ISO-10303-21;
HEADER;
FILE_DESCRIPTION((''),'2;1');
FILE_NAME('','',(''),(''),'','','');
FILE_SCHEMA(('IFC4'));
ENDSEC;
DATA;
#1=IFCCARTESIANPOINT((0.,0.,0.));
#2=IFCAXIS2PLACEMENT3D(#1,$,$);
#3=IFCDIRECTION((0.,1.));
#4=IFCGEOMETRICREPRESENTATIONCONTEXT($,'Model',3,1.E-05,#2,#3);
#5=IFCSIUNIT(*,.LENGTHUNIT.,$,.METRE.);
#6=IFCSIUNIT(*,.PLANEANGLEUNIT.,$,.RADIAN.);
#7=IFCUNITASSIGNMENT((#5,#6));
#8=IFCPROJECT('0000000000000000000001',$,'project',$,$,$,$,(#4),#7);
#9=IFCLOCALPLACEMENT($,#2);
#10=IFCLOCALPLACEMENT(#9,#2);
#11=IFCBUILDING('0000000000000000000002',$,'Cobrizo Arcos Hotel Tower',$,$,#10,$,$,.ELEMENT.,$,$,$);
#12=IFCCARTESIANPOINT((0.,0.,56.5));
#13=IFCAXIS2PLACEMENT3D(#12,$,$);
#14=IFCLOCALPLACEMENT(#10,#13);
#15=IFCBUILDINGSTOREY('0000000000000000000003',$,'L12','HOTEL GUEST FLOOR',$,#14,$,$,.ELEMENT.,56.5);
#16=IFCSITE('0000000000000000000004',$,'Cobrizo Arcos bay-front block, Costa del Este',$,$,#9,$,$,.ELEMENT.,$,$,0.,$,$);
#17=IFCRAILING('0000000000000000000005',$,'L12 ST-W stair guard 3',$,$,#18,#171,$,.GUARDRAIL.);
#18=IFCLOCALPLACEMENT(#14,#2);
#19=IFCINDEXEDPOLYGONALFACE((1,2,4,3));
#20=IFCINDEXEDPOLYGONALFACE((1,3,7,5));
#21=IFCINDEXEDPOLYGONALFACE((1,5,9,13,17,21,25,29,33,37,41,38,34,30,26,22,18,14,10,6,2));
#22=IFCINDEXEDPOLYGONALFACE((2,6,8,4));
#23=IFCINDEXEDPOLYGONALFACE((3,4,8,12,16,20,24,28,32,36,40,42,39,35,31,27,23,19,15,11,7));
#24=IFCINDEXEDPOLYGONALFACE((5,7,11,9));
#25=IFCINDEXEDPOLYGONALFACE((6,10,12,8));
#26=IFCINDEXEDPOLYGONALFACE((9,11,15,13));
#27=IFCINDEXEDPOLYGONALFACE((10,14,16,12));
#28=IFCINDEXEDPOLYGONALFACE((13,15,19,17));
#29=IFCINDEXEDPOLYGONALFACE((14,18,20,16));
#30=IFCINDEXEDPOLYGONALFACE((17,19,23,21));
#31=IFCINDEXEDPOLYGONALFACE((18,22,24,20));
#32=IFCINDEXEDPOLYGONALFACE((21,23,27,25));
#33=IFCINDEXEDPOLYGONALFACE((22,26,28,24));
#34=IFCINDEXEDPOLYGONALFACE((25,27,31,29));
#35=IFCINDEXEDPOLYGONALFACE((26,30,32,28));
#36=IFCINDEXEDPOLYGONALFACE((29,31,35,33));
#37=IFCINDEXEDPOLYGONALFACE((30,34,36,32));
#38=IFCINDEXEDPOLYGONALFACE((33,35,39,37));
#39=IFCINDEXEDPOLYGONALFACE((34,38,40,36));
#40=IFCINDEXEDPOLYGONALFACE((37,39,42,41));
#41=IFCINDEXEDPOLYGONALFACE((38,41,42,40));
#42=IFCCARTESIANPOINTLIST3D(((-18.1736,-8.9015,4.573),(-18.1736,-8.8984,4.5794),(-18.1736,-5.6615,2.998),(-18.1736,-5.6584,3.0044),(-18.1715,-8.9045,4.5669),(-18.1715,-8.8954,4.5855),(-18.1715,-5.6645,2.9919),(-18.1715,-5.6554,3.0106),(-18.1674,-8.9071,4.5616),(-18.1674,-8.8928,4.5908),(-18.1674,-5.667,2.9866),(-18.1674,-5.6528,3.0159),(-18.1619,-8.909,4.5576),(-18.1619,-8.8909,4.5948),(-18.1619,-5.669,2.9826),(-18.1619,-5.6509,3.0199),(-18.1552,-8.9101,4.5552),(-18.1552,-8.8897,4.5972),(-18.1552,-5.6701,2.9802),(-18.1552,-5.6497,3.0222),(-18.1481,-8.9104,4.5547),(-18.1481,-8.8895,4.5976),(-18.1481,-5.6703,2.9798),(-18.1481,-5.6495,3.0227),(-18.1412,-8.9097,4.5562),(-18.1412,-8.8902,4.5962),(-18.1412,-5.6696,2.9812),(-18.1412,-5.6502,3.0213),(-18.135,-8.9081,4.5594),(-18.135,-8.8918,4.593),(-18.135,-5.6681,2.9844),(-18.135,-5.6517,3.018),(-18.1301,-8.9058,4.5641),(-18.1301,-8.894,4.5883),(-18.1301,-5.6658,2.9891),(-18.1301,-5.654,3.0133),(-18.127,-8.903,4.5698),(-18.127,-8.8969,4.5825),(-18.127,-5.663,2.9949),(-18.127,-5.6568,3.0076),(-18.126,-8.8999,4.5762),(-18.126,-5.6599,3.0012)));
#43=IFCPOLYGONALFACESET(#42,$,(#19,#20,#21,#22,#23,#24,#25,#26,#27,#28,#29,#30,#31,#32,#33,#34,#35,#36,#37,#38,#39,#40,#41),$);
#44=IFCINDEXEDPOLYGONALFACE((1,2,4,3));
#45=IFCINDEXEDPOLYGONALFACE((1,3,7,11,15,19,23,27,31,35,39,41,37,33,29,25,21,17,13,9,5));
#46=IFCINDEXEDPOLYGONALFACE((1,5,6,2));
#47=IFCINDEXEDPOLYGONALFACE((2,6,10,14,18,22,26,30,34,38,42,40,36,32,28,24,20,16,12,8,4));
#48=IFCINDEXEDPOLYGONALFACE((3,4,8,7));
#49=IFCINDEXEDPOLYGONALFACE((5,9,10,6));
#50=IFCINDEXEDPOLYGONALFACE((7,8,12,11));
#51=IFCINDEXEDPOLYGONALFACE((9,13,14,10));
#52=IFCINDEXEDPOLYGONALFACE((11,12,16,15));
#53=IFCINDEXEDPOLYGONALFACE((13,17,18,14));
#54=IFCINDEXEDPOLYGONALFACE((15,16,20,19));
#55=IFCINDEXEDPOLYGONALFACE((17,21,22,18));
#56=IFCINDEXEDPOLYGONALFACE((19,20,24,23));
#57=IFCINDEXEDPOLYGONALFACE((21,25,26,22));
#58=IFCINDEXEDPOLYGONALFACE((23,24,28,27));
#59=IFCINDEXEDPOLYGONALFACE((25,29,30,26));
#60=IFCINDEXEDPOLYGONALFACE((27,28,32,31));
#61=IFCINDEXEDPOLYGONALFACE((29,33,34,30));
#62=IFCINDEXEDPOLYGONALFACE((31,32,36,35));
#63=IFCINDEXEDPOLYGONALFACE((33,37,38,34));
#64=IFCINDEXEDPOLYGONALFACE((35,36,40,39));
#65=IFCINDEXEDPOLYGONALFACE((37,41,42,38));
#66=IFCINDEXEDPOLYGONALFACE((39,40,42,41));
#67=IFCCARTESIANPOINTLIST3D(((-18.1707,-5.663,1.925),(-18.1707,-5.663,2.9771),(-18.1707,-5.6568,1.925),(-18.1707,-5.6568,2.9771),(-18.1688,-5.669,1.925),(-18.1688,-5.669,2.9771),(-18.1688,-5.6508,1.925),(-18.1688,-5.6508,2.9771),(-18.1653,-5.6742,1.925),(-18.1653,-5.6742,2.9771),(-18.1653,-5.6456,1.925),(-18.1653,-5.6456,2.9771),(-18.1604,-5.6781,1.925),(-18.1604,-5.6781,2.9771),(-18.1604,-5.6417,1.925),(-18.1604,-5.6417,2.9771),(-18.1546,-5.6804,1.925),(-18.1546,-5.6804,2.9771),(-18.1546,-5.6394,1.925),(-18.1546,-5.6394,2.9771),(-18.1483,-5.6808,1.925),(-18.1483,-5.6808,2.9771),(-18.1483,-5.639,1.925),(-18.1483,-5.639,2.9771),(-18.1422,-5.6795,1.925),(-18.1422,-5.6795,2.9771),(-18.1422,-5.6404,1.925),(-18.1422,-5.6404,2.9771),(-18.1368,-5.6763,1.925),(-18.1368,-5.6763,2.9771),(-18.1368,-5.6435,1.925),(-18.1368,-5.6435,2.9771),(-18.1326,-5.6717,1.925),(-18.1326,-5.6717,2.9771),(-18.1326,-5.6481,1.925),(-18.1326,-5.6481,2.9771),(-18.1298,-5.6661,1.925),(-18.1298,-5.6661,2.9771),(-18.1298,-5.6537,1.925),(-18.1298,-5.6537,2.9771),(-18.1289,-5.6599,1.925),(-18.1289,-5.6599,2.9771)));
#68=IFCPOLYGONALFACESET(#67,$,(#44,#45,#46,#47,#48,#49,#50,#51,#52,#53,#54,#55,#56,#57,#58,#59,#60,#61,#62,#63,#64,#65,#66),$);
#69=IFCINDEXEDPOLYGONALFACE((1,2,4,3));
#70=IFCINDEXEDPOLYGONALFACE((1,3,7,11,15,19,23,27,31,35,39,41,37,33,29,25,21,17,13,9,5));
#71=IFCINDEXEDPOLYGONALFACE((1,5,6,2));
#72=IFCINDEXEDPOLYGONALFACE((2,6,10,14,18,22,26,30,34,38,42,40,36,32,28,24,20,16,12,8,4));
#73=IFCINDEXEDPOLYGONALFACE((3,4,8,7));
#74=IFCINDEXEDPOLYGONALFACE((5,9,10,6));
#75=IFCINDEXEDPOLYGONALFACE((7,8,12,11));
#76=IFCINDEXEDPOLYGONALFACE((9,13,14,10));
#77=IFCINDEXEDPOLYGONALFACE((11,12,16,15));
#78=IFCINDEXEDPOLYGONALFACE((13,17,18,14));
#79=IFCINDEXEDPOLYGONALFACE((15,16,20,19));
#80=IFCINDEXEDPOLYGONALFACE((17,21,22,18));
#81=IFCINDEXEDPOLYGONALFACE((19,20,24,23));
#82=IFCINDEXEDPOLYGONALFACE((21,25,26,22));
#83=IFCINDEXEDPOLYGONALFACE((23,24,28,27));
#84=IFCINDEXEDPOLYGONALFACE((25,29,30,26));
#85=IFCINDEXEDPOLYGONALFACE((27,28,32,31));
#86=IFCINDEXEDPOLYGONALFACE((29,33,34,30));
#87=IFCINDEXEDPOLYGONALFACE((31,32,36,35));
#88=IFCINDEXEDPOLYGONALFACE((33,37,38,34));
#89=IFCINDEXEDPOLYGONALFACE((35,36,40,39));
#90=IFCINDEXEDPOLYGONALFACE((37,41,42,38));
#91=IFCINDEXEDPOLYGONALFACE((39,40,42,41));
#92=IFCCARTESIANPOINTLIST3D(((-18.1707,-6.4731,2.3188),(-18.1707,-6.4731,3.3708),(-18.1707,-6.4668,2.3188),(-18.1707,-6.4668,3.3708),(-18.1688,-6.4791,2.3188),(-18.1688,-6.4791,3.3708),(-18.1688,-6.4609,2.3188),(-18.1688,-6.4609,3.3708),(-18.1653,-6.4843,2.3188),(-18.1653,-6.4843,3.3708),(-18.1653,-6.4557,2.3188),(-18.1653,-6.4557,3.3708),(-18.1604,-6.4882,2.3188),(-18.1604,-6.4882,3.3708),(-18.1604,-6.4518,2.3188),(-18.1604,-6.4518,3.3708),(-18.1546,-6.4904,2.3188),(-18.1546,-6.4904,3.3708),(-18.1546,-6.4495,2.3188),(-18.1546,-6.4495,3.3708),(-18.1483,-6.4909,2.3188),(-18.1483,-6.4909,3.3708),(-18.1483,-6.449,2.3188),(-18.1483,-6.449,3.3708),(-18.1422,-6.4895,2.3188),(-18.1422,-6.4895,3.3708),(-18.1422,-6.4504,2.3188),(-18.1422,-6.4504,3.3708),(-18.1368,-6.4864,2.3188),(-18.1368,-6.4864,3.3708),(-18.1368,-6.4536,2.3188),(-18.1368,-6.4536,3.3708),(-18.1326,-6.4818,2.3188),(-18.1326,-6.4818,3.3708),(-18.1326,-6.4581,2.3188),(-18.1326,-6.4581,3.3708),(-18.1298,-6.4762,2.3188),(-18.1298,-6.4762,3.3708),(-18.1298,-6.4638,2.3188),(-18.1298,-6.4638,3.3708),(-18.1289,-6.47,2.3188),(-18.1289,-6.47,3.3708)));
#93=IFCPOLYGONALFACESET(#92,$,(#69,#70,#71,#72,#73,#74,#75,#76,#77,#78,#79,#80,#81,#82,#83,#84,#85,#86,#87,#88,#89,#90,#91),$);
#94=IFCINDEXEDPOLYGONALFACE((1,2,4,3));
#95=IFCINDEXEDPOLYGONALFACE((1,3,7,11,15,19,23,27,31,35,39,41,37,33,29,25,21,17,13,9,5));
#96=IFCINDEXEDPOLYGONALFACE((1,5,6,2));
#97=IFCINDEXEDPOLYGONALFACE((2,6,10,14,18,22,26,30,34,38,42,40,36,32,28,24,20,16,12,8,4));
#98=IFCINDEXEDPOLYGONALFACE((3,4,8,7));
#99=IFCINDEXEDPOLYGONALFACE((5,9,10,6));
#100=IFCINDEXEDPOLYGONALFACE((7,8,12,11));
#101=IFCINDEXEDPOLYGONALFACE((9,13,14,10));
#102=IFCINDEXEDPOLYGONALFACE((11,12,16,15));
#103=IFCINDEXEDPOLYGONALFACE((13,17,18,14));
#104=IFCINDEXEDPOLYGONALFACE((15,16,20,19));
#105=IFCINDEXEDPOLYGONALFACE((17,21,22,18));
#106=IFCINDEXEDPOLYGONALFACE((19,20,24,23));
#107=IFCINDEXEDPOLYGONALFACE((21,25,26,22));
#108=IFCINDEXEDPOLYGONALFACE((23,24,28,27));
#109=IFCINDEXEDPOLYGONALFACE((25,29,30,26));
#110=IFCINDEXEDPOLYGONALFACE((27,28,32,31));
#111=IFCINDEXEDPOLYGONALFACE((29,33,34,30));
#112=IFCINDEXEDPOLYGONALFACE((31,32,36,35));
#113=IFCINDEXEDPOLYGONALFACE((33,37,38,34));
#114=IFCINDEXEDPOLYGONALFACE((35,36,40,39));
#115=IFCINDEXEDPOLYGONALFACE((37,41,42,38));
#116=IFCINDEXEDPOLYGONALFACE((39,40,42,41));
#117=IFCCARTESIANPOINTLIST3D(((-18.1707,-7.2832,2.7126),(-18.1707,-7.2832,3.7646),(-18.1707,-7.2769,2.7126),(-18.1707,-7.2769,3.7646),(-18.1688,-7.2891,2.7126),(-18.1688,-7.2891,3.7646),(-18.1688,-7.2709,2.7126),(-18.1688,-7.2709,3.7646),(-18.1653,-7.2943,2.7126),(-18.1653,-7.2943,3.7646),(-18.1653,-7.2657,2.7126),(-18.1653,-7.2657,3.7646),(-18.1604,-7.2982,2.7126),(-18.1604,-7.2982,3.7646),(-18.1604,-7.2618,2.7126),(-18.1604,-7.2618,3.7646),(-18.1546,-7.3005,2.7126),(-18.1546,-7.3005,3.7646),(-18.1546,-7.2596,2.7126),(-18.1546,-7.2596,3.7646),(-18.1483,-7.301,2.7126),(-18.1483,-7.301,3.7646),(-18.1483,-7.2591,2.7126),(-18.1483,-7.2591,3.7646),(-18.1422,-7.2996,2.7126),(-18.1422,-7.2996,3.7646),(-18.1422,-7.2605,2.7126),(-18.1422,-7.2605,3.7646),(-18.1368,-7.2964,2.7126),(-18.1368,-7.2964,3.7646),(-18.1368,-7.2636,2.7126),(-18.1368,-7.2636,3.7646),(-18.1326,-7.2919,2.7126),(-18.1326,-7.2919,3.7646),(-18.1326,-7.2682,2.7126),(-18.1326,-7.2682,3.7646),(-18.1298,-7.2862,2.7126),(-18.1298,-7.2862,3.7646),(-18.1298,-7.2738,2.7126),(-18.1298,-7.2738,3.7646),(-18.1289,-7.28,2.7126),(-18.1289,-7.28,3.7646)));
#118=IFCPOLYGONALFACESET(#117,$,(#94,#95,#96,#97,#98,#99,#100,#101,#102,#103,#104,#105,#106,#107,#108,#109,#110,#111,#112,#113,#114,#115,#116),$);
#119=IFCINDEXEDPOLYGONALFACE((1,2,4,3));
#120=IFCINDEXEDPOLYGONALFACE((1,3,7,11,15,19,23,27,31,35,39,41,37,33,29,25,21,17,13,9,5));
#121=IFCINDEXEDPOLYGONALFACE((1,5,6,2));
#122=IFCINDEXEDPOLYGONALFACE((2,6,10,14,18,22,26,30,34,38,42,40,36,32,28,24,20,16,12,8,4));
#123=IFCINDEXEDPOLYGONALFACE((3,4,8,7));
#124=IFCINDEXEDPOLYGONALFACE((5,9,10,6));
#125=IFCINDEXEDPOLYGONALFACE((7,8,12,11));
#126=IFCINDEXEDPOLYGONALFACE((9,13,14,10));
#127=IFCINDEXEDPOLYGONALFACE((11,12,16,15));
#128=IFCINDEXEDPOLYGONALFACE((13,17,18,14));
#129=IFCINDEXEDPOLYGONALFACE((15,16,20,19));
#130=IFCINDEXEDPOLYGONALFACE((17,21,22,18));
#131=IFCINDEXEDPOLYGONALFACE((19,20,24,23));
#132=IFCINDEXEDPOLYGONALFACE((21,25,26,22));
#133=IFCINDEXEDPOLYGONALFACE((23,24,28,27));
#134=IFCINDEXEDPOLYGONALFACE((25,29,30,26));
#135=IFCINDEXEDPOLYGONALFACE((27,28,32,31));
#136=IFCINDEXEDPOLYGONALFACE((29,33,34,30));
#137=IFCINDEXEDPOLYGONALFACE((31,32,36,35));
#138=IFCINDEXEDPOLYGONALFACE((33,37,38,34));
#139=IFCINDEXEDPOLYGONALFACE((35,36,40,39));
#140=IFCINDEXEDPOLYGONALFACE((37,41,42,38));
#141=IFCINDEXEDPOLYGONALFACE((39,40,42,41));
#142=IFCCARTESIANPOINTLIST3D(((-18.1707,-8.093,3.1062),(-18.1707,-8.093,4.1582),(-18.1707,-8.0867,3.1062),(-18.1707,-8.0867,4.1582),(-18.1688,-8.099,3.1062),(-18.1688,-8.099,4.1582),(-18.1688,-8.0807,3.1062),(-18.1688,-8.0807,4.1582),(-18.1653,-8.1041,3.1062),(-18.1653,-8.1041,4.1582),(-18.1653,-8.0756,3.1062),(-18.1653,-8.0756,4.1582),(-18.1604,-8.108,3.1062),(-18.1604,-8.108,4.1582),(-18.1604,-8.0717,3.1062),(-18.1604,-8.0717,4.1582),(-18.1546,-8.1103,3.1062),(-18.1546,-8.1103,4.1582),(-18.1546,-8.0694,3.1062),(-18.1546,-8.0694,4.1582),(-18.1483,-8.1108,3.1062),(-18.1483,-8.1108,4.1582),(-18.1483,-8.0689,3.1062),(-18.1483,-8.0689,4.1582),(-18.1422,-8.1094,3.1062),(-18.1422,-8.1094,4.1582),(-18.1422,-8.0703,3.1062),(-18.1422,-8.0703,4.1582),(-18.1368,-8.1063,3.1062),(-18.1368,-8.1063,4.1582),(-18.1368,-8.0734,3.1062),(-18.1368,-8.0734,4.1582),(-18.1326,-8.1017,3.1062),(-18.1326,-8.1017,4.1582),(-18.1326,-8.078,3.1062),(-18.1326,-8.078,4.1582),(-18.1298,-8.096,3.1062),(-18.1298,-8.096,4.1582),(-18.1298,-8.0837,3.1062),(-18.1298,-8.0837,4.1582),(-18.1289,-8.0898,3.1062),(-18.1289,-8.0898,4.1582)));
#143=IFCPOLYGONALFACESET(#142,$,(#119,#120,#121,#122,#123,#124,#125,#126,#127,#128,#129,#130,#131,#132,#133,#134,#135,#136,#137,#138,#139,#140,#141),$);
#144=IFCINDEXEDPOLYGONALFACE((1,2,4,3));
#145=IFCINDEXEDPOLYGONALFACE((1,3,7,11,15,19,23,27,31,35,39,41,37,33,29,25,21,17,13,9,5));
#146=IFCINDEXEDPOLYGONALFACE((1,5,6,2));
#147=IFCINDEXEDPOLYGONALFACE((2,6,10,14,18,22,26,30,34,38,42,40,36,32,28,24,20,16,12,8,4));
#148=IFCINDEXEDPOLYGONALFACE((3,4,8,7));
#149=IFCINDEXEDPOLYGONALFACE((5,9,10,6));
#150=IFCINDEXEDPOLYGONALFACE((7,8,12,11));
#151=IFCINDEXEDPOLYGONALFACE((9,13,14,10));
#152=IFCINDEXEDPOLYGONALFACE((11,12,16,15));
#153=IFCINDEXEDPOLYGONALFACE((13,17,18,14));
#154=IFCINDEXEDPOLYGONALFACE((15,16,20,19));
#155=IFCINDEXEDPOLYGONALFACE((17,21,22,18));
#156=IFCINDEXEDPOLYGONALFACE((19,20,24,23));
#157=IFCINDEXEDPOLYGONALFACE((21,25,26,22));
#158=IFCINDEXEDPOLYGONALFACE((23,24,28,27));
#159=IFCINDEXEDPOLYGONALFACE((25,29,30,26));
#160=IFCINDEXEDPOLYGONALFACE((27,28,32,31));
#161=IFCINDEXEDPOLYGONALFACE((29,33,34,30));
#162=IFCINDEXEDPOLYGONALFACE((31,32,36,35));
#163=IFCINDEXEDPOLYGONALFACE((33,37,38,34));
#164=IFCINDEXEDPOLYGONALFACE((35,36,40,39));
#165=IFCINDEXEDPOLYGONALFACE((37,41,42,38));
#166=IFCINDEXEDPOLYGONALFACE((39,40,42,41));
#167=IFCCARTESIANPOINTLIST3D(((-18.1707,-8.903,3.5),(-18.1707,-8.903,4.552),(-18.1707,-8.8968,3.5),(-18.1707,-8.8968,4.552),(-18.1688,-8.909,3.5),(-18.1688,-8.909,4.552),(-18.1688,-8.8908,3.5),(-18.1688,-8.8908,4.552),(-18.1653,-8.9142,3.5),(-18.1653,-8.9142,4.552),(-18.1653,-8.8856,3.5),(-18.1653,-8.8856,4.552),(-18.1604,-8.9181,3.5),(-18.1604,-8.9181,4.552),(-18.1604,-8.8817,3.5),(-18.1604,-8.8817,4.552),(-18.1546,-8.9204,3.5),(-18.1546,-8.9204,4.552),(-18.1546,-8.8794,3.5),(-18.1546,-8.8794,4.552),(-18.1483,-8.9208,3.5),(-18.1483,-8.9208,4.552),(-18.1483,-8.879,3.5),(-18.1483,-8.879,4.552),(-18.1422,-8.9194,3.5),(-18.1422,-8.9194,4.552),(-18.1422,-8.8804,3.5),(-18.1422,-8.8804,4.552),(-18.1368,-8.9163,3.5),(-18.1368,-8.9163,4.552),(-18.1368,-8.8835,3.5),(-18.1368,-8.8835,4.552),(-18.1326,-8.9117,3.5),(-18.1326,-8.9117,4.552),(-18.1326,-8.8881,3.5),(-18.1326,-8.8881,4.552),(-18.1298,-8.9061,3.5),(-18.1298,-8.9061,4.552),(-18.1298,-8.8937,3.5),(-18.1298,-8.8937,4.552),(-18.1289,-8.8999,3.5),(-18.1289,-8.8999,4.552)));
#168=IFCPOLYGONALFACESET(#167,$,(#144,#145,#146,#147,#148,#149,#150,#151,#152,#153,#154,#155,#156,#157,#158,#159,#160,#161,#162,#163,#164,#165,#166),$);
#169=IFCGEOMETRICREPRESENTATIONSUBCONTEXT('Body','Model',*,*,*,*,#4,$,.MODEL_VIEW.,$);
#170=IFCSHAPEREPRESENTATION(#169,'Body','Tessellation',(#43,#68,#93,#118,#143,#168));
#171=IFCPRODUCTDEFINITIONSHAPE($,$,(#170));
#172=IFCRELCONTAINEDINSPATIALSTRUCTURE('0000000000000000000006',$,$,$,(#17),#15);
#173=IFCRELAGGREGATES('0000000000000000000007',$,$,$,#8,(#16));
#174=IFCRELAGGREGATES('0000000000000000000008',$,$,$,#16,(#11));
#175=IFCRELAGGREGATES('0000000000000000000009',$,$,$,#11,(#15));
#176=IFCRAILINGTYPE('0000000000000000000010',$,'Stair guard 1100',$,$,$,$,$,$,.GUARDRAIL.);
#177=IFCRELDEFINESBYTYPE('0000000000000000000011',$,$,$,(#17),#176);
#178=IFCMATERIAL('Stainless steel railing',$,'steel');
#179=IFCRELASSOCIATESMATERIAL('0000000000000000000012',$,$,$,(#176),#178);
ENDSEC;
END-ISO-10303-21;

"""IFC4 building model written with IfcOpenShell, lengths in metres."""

from ifc_helpers import new_model, si_unit, direction, frame, origin, origin_2d, place, context, subcontext, project, spatial, circle, extrude, material, type_object, element, save


model = new_model("IFC4")

# Units and contexts
model_context = context("Model", 3, precision=1e-05, world=origin(), true_north=direction((0.0, 1.0)))
body_context = subcontext(model_context, "Body", "Model", "MODEL_VIEW")
ifc_project = project(units=[si_unit("LENGTHUNIT", "METRE"), si_unit("PLANEANGLEUNIT", "RADIAN")], contexts=[model_context])

# Site, building, storey
site_placement = place(None, origin())
site = spatial("IfcSite", under=ifc_project, at=site_placement, Name="Cobrizo Arcos bay-front block, Costa del Este", CompositionType="ELEMENT", RefElevation=0.0)
building_placement = place(site_placement, origin())
building = spatial("IfcBuilding", under=site, at=building_placement, Name="Cobrizo Arcos Hotel Tower", CompositionType="ELEMENT")
storey_placement = place(building_placement, frame((0.0, 0.0, 56.5)))
storey = spatial("IfcBuildingStorey", under=building, at=storey_placement, Name="L12", Description="HOTEL GUEST FLOOR", CompositionType="ELEMENT", Elevation=56.5)

# Railing
ifc_material_1 = material(Name="Stainless steel railing", Category="steel")
railing_type_1 = type_object("IfcRailingType", Name="Stair guard 1100", PredefinedType="GUARDRAIL", material=ifc_material_1)
railing_1_placement = place(storey_placement, frame((-18.1499, -5.6599, 1.925)))
element("IfcRailing", 1, at=railing_1_placement, inside=storey, type_object=railing_type_1, Name="L12 ST-W stair guard 3", PredefinedType="GUARDRAIL", context=body_context, shape_type="SweptSolid", body=[
    extrude(circle(Radius=0.0239, at=origin_2d()), frame((0.0, 0.0, 1.0762), z_axis=(0.0, -0.899373, 0.437183), x_axis=(1.0, 0.0, 0.0)), (0.0, 0.0, 1.0), 3.6025),
    extrude(circle(Radius=0.021, at=origin_2d()), origin(), (0.0, 0.0, 1.0), 1.052),
    extrude(circle(Radius=0.021, at=origin_2d()), frame((0.0, -0.8101, 0.3938)), (0.0, 0.0, 1.0), 1.052),
    extrude(circle(Radius=0.021, at=origin_2d()), frame((0.0, -1.6201, 0.7876)), (0.0, 0.0, 1.0), 1.052),
    extrude(circle(Radius=0.021, at=origin_2d()), frame((0.0, -2.4299, 1.1812)), (0.0, 0.0, 1.0), 1.052),
    extrude(circle(Radius=0.021, at=origin_2d()), frame((0.0, -3.24, 1.575)), (0.0, 0.0, 1.0), 1.052),
])

save(model, "model.ifc")
